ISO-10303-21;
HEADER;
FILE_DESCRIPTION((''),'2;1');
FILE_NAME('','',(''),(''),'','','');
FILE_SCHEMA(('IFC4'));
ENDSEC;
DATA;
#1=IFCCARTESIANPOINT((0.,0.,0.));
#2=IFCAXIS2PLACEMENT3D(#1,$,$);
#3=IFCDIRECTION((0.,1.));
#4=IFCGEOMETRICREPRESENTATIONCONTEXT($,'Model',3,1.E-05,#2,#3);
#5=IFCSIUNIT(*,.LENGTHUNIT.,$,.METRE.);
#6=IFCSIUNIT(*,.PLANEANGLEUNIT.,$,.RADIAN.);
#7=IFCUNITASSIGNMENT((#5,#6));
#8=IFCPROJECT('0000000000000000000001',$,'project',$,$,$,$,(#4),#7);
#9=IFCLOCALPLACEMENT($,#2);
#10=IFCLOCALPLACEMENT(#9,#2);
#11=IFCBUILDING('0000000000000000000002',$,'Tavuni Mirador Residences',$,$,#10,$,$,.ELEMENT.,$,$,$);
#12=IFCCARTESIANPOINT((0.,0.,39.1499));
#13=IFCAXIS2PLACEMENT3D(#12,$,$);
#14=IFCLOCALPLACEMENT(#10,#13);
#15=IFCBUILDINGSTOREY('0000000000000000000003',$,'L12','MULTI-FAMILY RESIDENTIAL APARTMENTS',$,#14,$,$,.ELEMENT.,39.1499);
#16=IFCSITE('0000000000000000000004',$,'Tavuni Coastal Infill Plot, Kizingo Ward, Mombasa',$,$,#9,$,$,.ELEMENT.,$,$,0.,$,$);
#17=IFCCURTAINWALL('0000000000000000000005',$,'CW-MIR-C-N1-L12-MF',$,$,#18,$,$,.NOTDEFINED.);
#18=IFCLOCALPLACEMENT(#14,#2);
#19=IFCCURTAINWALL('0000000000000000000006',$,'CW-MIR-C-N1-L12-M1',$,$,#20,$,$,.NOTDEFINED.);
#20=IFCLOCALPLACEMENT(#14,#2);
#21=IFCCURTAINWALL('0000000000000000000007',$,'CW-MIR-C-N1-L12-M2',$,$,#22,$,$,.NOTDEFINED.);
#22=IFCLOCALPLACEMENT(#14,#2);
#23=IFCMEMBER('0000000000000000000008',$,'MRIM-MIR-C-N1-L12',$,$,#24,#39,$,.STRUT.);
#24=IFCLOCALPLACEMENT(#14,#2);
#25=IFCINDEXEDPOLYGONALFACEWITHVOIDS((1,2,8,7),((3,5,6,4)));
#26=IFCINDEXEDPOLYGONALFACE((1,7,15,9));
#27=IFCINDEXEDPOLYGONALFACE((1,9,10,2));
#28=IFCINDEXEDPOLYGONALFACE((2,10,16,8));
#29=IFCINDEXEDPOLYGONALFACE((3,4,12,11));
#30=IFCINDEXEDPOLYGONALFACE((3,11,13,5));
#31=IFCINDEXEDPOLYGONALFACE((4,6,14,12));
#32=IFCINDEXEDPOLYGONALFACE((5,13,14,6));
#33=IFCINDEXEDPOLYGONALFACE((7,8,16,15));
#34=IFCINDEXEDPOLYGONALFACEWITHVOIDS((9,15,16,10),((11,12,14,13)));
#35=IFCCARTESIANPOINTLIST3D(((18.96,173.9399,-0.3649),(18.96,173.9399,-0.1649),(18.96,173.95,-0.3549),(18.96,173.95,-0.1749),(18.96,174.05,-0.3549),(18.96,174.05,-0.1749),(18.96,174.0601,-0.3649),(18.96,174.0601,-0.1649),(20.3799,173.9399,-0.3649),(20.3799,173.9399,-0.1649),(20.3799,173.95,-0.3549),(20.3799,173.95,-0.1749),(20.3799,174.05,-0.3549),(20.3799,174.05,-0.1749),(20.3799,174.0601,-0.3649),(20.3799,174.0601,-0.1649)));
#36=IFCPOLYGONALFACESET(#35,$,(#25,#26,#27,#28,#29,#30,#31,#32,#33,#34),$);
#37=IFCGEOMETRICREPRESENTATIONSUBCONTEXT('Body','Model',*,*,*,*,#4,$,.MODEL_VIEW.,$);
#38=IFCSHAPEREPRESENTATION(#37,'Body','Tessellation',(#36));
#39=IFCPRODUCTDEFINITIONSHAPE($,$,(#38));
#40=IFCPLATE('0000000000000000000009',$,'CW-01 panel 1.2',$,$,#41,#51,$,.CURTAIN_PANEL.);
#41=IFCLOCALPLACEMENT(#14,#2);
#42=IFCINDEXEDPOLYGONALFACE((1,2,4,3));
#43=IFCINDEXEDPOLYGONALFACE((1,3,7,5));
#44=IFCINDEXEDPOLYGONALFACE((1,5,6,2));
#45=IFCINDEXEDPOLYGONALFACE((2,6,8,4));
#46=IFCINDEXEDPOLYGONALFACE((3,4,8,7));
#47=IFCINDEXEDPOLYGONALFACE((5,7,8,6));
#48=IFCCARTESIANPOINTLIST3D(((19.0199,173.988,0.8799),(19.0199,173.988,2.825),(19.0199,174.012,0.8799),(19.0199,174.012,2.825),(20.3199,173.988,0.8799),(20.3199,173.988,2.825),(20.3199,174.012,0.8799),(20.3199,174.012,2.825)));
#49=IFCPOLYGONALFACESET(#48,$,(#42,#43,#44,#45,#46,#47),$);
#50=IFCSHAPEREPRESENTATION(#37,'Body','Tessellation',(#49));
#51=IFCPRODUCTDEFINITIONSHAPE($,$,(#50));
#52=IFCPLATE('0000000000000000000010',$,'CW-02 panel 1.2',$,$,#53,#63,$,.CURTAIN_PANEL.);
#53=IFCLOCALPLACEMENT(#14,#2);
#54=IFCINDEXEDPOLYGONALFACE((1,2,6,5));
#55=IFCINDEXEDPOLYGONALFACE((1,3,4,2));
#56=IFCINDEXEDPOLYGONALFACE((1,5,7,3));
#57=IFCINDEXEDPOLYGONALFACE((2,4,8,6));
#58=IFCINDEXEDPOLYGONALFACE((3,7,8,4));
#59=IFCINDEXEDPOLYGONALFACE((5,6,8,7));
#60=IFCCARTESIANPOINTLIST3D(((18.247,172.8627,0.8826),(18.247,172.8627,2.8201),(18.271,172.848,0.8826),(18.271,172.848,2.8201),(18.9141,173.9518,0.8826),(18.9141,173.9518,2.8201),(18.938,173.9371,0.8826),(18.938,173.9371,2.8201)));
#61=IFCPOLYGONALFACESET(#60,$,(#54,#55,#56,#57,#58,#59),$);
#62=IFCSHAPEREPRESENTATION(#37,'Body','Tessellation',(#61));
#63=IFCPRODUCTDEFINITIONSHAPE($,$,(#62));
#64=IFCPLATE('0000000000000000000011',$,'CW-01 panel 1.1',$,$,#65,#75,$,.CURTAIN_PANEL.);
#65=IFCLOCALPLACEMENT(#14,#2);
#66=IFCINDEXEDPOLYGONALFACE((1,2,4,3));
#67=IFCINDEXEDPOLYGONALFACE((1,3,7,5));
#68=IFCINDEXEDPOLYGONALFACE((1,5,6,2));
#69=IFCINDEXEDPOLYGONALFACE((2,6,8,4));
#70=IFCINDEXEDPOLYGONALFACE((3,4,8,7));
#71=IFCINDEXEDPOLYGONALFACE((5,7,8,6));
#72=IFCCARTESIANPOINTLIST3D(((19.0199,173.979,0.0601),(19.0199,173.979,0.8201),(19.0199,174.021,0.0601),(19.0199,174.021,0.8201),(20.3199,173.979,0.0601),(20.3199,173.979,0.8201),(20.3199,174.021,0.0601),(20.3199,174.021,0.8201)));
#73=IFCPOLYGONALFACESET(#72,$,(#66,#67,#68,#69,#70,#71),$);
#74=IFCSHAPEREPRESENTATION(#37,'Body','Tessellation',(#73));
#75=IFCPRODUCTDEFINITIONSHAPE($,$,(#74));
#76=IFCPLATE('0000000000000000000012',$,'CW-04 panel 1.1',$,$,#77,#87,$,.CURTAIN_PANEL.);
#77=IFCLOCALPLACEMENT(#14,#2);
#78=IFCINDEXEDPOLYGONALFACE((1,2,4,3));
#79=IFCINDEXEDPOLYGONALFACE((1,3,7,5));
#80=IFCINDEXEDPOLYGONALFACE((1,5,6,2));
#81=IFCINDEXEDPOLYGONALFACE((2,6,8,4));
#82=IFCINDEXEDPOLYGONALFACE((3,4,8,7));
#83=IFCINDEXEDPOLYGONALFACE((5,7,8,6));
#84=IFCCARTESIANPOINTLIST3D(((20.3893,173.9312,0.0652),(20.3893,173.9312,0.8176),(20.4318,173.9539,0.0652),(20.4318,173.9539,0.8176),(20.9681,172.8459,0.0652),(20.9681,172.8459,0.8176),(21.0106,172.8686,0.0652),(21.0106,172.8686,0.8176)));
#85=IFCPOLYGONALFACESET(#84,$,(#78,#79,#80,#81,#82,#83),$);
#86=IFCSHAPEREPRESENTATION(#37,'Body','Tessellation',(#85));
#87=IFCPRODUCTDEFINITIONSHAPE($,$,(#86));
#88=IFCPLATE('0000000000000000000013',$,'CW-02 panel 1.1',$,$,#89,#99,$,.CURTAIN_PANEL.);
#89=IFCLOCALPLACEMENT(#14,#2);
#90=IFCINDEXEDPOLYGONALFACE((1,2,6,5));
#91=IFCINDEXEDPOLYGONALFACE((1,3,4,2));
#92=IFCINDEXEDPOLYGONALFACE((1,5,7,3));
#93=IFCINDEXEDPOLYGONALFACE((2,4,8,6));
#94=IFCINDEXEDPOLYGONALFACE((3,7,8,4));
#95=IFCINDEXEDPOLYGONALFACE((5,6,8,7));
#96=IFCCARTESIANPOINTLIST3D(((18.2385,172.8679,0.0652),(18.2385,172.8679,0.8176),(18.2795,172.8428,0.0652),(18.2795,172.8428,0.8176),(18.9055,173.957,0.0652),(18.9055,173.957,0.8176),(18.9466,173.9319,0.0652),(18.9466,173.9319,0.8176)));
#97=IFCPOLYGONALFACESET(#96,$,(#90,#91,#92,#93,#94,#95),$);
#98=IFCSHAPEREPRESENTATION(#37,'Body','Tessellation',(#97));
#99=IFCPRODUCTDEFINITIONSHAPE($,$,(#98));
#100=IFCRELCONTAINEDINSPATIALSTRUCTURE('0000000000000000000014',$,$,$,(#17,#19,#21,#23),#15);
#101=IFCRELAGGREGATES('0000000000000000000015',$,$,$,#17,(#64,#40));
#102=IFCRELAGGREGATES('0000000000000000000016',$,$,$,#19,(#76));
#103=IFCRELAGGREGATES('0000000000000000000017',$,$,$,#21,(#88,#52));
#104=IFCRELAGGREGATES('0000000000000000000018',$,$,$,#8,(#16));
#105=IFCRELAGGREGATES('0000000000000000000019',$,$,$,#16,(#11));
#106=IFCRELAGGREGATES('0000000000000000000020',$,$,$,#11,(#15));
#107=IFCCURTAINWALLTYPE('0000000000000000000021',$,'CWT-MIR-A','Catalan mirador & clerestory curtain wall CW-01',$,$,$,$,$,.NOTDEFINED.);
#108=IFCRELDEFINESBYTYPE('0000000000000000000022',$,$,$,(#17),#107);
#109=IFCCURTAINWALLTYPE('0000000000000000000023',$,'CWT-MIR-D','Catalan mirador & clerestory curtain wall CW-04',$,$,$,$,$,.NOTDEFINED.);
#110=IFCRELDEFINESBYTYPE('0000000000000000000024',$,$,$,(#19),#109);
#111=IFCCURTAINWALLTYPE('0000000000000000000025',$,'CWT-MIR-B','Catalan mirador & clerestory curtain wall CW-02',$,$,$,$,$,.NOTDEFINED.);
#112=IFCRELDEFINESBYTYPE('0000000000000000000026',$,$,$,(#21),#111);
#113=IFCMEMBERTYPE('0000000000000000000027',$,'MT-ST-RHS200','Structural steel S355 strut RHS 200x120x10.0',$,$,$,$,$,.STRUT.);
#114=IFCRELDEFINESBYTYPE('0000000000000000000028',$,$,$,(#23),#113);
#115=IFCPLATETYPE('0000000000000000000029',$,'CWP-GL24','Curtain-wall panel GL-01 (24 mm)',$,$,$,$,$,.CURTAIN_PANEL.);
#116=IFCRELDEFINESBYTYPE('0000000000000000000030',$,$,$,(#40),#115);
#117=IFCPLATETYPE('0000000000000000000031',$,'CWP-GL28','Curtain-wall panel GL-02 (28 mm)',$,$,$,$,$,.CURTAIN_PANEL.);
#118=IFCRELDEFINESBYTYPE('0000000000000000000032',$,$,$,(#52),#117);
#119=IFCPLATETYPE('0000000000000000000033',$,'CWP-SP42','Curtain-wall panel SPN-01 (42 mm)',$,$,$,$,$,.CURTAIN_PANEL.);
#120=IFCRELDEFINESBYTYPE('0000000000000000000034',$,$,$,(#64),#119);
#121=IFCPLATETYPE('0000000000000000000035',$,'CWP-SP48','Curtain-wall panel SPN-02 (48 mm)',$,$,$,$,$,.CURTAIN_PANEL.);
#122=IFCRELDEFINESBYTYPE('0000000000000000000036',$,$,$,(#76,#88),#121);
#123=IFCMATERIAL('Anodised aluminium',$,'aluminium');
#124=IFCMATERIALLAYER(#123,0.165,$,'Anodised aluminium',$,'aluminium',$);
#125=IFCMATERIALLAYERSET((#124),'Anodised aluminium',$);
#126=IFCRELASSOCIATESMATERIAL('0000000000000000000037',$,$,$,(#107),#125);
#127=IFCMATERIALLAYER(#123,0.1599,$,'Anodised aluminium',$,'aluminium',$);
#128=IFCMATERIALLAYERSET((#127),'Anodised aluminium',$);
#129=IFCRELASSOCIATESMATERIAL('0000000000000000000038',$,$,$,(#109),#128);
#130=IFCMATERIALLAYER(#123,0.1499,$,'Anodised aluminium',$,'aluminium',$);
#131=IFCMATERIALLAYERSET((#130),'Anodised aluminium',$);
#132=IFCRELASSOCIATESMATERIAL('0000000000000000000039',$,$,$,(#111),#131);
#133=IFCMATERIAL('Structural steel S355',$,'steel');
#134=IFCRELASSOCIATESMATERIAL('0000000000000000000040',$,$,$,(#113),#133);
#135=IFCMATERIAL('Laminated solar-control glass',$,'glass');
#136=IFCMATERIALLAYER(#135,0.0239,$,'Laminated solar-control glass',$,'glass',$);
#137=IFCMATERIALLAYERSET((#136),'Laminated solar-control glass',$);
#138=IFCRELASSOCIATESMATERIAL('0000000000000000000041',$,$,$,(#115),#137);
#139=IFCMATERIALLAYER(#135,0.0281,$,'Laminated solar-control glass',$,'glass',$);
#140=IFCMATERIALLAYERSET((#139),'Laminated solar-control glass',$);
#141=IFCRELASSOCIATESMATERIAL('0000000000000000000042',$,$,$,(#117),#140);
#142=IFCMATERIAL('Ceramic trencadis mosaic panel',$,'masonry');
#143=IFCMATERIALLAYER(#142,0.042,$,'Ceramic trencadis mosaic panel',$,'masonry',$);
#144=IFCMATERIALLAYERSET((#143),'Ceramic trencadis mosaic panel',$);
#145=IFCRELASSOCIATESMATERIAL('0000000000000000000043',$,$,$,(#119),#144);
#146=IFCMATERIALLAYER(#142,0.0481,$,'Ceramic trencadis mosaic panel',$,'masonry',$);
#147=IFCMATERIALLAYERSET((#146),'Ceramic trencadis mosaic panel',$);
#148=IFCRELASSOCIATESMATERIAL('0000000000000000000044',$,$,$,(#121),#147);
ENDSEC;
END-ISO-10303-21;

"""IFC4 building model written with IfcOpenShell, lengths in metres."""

from ifc_helpers import new_model, si_unit, direction, frame, origin, origin_2d, place, context, subcontext, project, spatial, rectangle, hollow_rectangle, extrude, material, layer, layer_set, material_profile, profile_set, type_object, element, aggregate, save


model = new_model("IFC4")

# Units and contexts
model_context = context("Model", 3, precision=1e-05, world=origin(), true_north=direction((0.0, 1.0)))
body_context = subcontext(model_context, "Body", "Model", "MODEL_VIEW")
ifc_project = project(units=[si_unit("LENGTHUNIT", "METRE"), si_unit("PLANEANGLEUNIT", "RADIAN")], contexts=[model_context])

# Site, building, storey
site_placement = place(None, origin())
site = spatial("IfcSite", under=ifc_project, at=site_placement, Name="Tavuni Coastal Infill Plot, Kizingo Ward, Mombasa", CompositionType="ELEMENT", RefElevation=0.0)
building_placement = place(site_placement, origin())
building = spatial("IfcBuilding", under=site, at=building_placement, Name="Tavuni Mirador Residences", CompositionType="ELEMENT")
storey_placement = place(building_placement, frame((0.0, 0.0, 39.1499)))
storey = spatial("IfcBuildingStorey", under=building, at=storey_placement, Name="L12", Description="MULTI-FAMILY RESIDENTIAL APARTMENTS", CompositionType="ELEMENT", Elevation=39.1499)

# Curtain wall
ifc_material_1 = material(Name="Anodised aluminium", Category="aluminium")
ifc_layer_1 = layer(ifc_material_1, 0.165, Name="Anodised aluminium", Category="aluminium")
ifc_layer_set_1 = layer_set([ifc_layer_1], Name="Anodised aluminium")
curtain_wall_type_1 = type_object("IfcCurtainWallType", Name="CWT-MIR-A", Description="Catalan mirador & clerestory curtain wall CW-01", PredefinedType="NOTDEFINED", material=ifc_layer_set_1)
curtain_wall_1_placement = place(storey_placement, origin())
curtain_wall_1 = element("IfcCurtainWall", 1, at=curtain_wall_1_placement, inside=storey, type_object=curtain_wall_type_1, Name="CW-MIR-C-N1-L12-MF", PredefinedType="NOTDEFINED")

# Curtain walls
ifc_layer_2 = layer(ifc_material_1, 0.1599, Name="Anodised aluminium", Category="aluminium")
ifc_layer_set_2 = layer_set([ifc_layer_2], Name="Anodised aluminium")
curtain_wall_type_2 = type_object("IfcCurtainWallType", Name="CWT-MIR-D", Description="Catalan mirador & clerestory curtain wall CW-04", PredefinedType="NOTDEFINED", material=ifc_layer_set_2)
curtain_wall_2_placement = place(storey_placement, origin())
curtain_wall_2 = element("IfcCurtainWall", 2, at=curtain_wall_2_placement, inside=storey, type_object=curtain_wall_type_2, Name="CW-MIR-C-N1-L12-M1", PredefinedType="NOTDEFINED")
ifc_layer_3 = layer(ifc_material_1, 0.1499, Name="Anodised aluminium", Category="aluminium")
ifc_layer_set_3 = layer_set([ifc_layer_3], Name="Anodised aluminium")
curtain_wall_type_3 = type_object("IfcCurtainWallType", Name="CWT-MIR-B", Description="Catalan mirador & clerestory curtain wall CW-02", PredefinedType="NOTDEFINED", material=ifc_layer_set_3)
curtain_wall_3_placement = place(storey_placement, origin())
curtain_wall_3 = element("IfcCurtainWall", 3, at=curtain_wall_3_placement, inside=storey, type_object=curtain_wall_type_3, Name="CW-MIR-C-N1-L12-M2", PredefinedType="NOTDEFINED")

# Member
ifc_material_2 = material(Name="Structural steel S355", Category="steel")
ifc_material_profile_1 = material_profile(ifc_material_2, hollow_rectangle(XDim=0.1201, YDim=0.2, WallThickness=0.01, at=origin_2d()), Name="RHS 200x120x10.0", Category="steel")
ifc_profile_set_1 = profile_set([ifc_material_profile_1], Name="Structural steel S355")
member_type_1 = type_object("IfcMemberType", Name="MT-ST-RHS200", Description="Structural steel S355 strut RHS 200x120x10.0", PredefinedType="STRUT", material=ifc_profile_set_1)
member_1_placement = place(storey_placement, frame((18.96, 174.0, -0.2649), z_axis=(1.0, 0.0, 0.0), x_axis=(0.0, 1.0, 0.0)))
element("IfcMember", 4, at=member_1_placement, inside=storey, type_object=member_type_1, Name="MRIM-MIR-C-N1-L12", PredefinedType="STRUT", context=body_context, shape_type="SweptSolid", body=[
    extrude(hollow_rectangle(XDim=0.1201, YDim=0.2, WallThickness=0.01, at=origin_2d()), origin(), (0.0, 0.0, 1.0), 1.4199),
])

# Plates
ifc_material_3 = material(Name="Laminated solar-control glass", Category="glass")
ifc_layer_4 = layer(ifc_material_3, 0.0239, Name="Laminated solar-control glass", Category="glass")
ifc_layer_set_4 = layer_set([ifc_layer_4], Name="Laminated solar-control glass")
plate_type_1 = type_object("IfcPlateType", Name="CWP-GL24", Description="Curtain-wall panel GL-01 (24 mm)", PredefinedType="CURTAIN_PANEL", material=ifc_layer_set_4)
plate_1_placement = place(storey_placement, frame((19.6699, 174.0, 0.8799), z_axis=(0.0, 0.0, 1.0), x_axis=(-1.0, 0.0, 0.0)))
plate_1 = element("IfcPlate", 5, at=plate_1_placement, type_object=plate_type_1, Name="CW-01 panel 1.2", PredefinedType="CURTAIN_PANEL", context=body_context, shape_type="SweptSolid", body=[
    extrude(rectangle(XDim=1.3, YDim=0.0239, at=origin_2d()), origin(), (0.0, 0.0, 1.0), 1.9451),
])
ifc_layer_5 = layer(ifc_material_3, 0.0281, Name="Laminated solar-control glass", Category="glass")
ifc_layer_set_5 = layer_set([ifc_layer_5], Name="Laminated solar-control glass")
plate_type_2 = type_object("IfcPlateType", Name="CWP-GL28", Description="Curtain-wall panel GL-02 (28 mm)", PredefinedType="CURTAIN_PANEL", material=ifc_layer_set_5)
plate_2_placement = place(storey_placement, frame((18.5925, 173.3999, 0.8826), z_axis=(0.0, 0.0, 1.0), x_axis=(-0.522312, -0.852754, 0.0)))
plate_2 = element("IfcPlate", 6, at=plate_2_placement, type_object=plate_type_2, Name="CW-02 panel 1.2", PredefinedType="CURTAIN_PANEL", context=body_context, shape_type="SweptSolid", body=[
    extrude(rectangle(XDim=1.2771, YDim=0.0281, at=origin_2d()), origin(), (0.0, 0.0, 1.0), 1.9375),
])
ifc_material_4 = material(Name="Ceramic trencadis mosaic panel", Category="masonry")
ifc_layer_6 = layer(ifc_material_4, 0.042, Name="Ceramic trencadis mosaic panel", Category="masonry")
ifc_layer_set_6 = layer_set([ifc_layer_6], Name="Ceramic trencadis mosaic panel")
plate_type_3 = type_object("IfcPlateType", Name="CWP-SP42", Description="Curtain-wall panel SPN-01 (42 mm)", PredefinedType="CURTAIN_PANEL", material=ifc_layer_set_6)
plate_3_placement = place(storey_placement, frame((19.6699, 174.0, 0.0601), z_axis=(0.0, 0.0, 1.0), x_axis=(-1.0, 0.0, 0.0)))
plate_3 = element("IfcPlate", 7, at=plate_3_placement, type_object=plate_type_3, Name="CW-01 panel 1.1", PredefinedType="CURTAIN_PANEL", context=body_context, shape_type="SweptSolid", body=[
    extrude(rectangle(XDim=1.3, YDim=0.042, at=origin_2d()), origin(), (0.0, 0.0, 1.0), 0.76),
])
aggregate(curtain_wall_1, [plate_3, plate_1])
ifc_layer_7 = layer(ifc_material_4, 0.0481, Name="Ceramic trencadis mosaic panel", Category="masonry")
ifc_layer_set_7 = layer_set([ifc_layer_7], Name="Ceramic trencadis mosaic panel")
plate_type_4 = type_object("IfcPlateType", Name="CWP-SP48", Description="Curtain-wall panel SPN-02 (48 mm)", PredefinedType="CURTAIN_PANEL", material=ifc_layer_set_7)
plate_4_placement = place(storey_placement, frame((20.7, 173.3999, 0.0652), z_axis=(0.0, 0.0, 1.0), x_axis=(-0.470588, 0.882353, 0.0)))
plate_4 = element("IfcPlate", 8, at=plate_4_placement, type_object=plate_type_4, Name="CW-04 panel 1.1", PredefinedType="CURTAIN_PANEL", context=body_context, shape_type="SweptSolid", body=[
    extrude(rectangle(XDim=1.23, YDim=0.0481, at=origin_2d()), origin(), (0.0, 0.0, 1.0), 0.7524),
])
aggregate(curtain_wall_2, [plate_4])
plate_5_placement = place(storey_placement, frame((18.5925, 173.3999, 0.0652), z_axis=(0.0, 0.0, 1.0), x_axis=(-0.522312, -0.852754, 0.0)))
plate_5 = element("IfcPlate", 9, at=plate_5_placement, type_object=plate_type_4, Name="CW-02 panel 1.1", PredefinedType="CURTAIN_PANEL", context=body_context, shape_type="SweptSolid", body=[
    extrude(rectangle(XDim=1.2771, YDim=0.0481, at=origin_2d()), origin(), (0.0, 0.0, 1.0), 0.7524),
])
aggregate(curtain_wall_3, [plate_5, plate_2])

save(model, "model.ifc")
